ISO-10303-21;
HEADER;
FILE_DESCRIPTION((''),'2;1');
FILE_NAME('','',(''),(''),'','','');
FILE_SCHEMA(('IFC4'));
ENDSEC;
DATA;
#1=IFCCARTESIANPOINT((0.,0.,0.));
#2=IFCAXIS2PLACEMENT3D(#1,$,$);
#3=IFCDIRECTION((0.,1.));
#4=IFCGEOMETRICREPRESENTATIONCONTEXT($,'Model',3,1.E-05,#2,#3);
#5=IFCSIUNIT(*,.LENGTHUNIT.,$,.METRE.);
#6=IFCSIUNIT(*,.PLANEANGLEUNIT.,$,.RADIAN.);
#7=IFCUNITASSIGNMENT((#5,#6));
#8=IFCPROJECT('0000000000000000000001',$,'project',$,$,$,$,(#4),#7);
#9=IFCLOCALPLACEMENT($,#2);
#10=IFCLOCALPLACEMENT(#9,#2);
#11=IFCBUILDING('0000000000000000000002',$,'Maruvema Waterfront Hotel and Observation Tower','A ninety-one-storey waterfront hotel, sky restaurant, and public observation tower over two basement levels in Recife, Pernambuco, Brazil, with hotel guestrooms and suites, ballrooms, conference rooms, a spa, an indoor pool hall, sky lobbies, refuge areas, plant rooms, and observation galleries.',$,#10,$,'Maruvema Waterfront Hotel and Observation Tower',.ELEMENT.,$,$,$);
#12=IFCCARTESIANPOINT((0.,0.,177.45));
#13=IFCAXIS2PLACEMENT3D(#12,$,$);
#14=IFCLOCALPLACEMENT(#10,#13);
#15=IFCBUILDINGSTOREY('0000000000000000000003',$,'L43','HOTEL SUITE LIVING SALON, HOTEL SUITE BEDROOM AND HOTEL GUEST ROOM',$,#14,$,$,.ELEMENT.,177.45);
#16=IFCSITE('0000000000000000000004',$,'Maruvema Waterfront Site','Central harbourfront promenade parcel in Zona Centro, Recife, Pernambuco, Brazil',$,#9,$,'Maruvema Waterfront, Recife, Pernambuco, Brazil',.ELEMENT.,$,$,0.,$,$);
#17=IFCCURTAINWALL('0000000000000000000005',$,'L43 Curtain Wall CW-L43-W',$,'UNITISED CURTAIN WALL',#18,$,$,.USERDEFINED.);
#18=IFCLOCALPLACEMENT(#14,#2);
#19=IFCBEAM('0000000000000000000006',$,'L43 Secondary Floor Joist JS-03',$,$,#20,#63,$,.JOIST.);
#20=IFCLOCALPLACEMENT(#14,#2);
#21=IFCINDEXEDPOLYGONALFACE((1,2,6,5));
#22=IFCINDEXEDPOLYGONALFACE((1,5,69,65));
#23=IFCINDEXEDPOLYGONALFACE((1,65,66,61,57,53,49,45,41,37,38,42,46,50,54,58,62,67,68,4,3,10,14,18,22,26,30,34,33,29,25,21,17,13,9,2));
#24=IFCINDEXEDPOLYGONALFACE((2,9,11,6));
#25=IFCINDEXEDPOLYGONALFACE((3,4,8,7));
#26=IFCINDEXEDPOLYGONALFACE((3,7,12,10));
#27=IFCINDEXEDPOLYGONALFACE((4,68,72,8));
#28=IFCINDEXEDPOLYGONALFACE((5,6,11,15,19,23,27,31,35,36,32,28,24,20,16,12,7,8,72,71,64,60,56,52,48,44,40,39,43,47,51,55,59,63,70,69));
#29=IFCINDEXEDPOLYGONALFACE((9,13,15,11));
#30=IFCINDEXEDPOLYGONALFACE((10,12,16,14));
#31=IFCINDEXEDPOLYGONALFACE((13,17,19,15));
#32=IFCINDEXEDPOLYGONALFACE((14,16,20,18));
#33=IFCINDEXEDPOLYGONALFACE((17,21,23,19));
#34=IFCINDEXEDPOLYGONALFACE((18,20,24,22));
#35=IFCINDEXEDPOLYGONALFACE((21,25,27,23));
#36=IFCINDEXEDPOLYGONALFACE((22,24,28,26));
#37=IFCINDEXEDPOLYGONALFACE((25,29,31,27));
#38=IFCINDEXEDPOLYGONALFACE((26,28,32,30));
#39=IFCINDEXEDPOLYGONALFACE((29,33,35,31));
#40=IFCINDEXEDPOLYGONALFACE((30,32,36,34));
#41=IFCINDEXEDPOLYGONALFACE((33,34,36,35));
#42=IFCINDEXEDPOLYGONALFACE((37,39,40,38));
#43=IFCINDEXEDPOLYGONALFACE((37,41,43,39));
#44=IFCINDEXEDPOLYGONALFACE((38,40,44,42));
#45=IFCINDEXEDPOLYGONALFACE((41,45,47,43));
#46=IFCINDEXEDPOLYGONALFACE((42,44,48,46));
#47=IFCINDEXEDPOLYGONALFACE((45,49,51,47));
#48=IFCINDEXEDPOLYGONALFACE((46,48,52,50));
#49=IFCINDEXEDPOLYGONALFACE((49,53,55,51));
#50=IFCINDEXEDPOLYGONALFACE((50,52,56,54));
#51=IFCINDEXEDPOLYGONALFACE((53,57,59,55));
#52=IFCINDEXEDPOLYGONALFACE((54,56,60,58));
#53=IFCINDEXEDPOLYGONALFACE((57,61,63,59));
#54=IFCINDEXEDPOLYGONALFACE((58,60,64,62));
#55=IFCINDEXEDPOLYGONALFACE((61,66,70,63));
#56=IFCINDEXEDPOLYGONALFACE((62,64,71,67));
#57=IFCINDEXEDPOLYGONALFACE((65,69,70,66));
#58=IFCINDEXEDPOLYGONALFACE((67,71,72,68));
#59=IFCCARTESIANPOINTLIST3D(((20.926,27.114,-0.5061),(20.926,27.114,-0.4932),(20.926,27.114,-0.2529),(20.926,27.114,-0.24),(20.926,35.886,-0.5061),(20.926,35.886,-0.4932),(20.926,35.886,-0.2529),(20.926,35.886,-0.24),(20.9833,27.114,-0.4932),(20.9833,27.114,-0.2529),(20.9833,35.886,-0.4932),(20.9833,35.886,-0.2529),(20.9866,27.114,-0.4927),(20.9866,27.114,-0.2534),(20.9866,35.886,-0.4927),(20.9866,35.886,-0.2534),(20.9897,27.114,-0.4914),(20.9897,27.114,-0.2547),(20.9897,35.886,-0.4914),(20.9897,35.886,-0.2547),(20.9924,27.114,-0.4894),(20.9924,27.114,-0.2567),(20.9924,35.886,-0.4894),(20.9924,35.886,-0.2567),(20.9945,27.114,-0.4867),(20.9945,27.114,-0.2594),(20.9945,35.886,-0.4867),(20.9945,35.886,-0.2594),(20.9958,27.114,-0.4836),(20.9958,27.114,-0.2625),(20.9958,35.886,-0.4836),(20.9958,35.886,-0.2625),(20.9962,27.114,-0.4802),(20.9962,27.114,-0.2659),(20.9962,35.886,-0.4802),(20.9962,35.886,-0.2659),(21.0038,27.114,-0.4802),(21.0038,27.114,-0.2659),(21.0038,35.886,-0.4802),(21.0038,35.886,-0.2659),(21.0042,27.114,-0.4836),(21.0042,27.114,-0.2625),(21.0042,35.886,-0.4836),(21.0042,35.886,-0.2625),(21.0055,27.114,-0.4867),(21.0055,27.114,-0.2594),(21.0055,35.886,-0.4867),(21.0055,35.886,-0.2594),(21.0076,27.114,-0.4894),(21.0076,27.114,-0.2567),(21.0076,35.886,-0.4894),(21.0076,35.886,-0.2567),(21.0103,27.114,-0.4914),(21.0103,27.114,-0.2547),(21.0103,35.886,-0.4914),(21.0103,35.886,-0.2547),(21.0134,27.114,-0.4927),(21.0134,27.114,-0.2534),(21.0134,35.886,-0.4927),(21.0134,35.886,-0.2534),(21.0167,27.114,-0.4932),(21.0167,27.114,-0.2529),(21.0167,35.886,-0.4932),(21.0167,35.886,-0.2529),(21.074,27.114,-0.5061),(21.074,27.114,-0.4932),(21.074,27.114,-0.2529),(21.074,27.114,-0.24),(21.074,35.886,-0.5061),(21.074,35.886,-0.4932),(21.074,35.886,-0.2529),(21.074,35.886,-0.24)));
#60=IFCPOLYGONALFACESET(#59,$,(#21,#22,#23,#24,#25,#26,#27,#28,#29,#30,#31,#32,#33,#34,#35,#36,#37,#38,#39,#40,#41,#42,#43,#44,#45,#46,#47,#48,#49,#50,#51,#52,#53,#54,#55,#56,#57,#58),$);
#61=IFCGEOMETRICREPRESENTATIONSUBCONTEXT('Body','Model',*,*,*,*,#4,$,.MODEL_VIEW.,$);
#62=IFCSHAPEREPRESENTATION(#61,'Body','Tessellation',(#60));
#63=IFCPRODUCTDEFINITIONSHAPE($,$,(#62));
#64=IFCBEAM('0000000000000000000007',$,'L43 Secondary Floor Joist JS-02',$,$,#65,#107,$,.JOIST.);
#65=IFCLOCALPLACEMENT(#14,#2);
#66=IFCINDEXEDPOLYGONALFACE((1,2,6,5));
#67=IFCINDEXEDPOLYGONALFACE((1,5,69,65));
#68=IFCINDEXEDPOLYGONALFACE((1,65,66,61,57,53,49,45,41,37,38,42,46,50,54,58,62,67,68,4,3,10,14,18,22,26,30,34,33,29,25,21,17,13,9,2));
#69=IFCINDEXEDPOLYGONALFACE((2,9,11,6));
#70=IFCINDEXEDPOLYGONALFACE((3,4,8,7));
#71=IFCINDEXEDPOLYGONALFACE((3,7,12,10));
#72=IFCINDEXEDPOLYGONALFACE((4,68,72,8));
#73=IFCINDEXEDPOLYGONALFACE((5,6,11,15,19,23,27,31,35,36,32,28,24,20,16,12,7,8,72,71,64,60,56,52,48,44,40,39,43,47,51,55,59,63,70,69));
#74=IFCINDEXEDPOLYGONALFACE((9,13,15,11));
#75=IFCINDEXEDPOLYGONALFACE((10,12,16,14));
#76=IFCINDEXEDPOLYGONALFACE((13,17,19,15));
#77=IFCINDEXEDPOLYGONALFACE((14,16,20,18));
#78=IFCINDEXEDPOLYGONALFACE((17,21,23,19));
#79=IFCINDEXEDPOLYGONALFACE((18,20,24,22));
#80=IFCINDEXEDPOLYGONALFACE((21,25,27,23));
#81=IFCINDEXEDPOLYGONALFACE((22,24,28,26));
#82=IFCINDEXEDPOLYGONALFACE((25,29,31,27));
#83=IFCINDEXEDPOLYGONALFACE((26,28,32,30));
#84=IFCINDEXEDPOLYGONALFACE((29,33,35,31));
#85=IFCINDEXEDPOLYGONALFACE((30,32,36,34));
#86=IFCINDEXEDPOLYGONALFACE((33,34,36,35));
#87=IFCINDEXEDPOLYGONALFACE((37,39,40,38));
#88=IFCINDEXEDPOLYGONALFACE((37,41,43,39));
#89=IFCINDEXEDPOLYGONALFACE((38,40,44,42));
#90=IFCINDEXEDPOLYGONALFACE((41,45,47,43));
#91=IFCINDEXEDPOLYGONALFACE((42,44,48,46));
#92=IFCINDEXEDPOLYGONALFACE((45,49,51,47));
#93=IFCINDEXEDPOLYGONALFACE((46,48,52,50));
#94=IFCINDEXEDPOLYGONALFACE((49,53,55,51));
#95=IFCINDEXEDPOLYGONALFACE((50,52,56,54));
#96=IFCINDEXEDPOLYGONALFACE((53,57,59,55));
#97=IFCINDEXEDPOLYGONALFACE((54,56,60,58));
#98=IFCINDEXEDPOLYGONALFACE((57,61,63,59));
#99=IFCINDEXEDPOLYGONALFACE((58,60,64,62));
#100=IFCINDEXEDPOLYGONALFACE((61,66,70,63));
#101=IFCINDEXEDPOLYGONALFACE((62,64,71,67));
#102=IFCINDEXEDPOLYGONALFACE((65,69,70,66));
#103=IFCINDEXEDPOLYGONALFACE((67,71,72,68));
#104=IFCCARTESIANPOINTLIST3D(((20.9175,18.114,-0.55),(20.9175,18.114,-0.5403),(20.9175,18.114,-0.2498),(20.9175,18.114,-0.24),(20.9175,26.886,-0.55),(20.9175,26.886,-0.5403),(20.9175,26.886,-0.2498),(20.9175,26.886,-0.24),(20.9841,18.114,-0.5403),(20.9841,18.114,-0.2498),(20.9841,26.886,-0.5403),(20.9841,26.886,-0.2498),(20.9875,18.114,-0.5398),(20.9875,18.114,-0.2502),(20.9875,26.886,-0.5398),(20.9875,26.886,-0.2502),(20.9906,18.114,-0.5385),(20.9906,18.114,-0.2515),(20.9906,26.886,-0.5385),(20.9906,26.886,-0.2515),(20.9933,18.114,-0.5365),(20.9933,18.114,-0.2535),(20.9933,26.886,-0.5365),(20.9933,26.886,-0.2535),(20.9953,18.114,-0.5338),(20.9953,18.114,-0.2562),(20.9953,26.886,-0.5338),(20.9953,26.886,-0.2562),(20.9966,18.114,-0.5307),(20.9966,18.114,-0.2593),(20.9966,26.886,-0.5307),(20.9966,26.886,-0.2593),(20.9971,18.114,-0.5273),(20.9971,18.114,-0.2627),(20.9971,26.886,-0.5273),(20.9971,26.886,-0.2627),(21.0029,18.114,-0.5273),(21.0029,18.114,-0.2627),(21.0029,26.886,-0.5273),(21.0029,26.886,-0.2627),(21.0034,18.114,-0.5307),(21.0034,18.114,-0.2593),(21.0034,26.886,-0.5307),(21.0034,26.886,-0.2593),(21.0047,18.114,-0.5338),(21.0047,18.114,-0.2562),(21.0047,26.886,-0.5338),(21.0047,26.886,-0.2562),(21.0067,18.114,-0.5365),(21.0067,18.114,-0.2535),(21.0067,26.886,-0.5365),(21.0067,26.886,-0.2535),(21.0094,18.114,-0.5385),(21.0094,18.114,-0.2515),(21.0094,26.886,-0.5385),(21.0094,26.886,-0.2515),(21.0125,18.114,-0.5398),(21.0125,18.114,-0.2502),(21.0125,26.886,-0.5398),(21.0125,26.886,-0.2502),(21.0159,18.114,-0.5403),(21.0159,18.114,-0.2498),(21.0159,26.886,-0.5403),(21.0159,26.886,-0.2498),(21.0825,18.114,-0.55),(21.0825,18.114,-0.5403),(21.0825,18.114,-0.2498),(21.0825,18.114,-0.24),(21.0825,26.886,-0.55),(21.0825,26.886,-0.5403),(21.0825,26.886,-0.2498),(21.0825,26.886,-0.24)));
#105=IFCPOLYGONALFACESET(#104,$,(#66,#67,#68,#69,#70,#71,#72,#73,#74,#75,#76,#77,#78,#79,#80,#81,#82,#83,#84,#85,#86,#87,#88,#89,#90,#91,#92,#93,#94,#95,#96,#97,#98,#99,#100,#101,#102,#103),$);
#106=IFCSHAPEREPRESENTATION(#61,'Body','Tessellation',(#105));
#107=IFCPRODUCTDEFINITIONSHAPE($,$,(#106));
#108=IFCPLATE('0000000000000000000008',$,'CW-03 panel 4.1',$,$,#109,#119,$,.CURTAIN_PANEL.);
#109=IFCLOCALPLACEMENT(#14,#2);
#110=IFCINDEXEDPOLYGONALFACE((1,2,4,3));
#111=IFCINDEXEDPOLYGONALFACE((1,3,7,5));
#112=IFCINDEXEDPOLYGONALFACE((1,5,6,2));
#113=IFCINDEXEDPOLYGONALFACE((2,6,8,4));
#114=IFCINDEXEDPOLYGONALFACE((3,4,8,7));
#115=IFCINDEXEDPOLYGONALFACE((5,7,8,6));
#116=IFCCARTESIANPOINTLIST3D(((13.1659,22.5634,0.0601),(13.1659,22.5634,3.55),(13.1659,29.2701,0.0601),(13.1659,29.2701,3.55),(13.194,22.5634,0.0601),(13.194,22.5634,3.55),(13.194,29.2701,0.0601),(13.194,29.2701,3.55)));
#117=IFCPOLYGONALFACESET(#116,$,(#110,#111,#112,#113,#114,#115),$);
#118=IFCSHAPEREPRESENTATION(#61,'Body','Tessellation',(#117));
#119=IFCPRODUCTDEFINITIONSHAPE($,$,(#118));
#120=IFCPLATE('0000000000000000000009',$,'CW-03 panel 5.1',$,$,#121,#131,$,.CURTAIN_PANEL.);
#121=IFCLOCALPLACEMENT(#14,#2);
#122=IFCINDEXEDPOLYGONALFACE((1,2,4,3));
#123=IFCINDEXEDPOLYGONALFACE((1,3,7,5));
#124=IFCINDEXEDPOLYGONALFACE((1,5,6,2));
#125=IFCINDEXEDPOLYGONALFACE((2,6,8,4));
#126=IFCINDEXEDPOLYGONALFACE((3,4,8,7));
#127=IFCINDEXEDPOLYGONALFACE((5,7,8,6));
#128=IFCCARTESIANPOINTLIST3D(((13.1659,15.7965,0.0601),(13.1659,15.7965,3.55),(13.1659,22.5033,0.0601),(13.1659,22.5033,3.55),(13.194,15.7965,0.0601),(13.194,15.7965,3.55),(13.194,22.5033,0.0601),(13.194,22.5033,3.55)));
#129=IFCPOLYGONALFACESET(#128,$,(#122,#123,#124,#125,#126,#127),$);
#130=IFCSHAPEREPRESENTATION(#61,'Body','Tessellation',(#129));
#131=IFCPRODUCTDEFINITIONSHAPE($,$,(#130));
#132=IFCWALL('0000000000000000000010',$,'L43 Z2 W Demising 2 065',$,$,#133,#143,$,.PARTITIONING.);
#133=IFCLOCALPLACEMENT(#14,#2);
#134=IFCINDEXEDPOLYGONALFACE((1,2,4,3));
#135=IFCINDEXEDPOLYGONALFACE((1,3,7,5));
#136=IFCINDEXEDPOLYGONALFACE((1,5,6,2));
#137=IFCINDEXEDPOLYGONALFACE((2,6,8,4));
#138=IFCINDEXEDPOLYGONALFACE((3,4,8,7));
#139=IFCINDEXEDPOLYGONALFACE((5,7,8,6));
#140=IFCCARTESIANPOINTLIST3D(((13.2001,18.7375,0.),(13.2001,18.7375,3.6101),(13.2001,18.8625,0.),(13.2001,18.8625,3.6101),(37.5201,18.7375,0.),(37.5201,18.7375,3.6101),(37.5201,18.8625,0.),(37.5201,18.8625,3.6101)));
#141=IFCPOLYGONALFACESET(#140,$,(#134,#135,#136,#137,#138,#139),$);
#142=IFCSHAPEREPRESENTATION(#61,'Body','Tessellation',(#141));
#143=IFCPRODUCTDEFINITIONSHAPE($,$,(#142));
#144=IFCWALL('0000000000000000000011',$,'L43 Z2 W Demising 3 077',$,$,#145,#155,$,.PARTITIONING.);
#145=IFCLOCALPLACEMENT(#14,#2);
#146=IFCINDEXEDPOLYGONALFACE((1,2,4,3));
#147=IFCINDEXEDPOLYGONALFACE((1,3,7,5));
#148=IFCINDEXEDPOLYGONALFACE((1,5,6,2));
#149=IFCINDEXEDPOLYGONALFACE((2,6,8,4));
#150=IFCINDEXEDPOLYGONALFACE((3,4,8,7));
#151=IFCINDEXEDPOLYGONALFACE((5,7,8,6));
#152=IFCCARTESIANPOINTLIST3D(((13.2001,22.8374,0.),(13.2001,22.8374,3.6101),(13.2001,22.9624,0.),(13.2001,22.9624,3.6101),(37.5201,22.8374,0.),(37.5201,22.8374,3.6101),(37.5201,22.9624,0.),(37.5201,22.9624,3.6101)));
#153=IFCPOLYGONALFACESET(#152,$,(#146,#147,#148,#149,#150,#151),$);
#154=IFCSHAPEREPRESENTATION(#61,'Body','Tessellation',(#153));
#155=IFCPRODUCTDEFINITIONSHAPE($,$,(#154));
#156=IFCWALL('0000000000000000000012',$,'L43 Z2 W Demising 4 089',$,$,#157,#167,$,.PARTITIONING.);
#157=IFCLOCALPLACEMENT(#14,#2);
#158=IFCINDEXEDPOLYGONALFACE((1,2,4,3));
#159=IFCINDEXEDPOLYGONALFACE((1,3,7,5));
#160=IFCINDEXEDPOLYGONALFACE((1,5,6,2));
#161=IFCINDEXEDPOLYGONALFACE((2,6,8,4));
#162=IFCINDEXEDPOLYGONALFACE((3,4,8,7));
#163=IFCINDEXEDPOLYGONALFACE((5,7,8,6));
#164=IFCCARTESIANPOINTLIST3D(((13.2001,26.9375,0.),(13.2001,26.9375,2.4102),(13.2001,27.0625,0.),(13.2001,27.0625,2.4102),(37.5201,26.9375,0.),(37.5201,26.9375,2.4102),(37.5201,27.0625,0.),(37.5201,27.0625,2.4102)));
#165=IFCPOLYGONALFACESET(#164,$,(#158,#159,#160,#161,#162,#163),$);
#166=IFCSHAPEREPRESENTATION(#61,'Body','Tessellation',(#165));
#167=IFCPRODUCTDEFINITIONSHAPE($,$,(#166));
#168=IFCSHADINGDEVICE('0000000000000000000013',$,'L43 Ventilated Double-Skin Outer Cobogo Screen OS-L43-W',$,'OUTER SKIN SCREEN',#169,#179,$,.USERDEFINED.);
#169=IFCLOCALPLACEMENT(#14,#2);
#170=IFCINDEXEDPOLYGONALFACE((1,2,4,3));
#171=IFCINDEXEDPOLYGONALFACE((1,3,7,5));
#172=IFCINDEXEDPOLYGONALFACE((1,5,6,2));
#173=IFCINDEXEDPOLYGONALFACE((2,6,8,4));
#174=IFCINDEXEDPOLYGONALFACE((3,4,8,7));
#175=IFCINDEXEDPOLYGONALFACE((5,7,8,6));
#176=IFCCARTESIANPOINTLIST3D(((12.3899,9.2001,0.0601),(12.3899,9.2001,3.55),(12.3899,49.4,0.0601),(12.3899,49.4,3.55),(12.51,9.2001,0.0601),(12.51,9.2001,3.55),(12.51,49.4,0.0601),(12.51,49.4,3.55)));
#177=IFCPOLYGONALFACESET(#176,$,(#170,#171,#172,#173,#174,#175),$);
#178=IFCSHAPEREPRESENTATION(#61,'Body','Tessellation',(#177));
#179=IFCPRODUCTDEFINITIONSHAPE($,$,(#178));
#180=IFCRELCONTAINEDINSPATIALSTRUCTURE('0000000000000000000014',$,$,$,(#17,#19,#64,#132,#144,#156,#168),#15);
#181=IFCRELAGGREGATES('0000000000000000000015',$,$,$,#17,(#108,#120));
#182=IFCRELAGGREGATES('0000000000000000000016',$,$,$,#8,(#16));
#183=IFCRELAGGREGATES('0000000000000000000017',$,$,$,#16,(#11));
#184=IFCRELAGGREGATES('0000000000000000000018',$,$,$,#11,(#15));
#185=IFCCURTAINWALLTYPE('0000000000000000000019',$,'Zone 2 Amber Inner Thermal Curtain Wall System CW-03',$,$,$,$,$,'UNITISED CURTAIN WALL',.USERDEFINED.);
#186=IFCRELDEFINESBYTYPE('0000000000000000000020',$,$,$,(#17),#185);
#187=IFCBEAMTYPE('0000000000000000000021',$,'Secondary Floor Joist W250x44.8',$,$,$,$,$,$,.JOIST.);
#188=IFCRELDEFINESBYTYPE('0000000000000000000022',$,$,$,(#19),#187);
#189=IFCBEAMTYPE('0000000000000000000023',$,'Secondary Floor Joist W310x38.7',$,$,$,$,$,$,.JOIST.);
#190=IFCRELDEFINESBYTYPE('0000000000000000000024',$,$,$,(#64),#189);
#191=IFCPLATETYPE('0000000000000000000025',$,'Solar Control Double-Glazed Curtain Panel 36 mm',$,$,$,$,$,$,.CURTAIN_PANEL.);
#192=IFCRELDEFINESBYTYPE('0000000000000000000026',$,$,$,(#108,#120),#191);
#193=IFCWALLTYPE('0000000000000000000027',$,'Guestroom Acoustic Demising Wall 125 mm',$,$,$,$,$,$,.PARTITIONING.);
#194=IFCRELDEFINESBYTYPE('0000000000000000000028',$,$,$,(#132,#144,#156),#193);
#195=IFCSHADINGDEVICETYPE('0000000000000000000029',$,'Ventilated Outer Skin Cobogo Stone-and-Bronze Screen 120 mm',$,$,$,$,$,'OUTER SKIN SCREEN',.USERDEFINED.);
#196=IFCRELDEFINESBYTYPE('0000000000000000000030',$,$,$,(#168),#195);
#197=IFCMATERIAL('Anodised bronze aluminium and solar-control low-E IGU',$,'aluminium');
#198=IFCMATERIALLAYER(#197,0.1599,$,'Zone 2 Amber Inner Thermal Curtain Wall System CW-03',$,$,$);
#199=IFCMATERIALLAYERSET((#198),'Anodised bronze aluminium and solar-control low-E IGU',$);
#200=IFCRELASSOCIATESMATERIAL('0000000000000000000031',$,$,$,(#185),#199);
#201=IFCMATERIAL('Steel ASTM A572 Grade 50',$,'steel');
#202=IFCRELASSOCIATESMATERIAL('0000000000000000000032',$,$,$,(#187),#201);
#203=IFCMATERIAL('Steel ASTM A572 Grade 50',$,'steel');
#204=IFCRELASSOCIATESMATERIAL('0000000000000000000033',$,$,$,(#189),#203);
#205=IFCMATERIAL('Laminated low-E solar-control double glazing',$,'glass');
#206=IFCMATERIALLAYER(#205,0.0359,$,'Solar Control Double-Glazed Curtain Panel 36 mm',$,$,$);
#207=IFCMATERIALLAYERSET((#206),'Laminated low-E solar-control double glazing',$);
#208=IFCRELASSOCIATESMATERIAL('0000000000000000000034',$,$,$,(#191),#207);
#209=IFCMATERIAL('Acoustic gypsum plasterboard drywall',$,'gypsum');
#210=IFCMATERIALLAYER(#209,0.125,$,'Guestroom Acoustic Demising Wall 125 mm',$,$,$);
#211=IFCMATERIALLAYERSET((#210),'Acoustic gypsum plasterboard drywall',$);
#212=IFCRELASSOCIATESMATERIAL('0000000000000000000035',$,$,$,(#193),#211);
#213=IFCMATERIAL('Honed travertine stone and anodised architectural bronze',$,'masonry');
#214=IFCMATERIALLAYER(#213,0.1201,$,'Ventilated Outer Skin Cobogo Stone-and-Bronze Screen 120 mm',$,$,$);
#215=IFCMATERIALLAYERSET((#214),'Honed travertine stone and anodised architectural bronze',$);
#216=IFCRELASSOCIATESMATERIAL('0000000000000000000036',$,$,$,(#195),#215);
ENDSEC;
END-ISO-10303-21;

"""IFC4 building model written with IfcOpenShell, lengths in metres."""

from ifc_helpers import new_model, si_unit, direction, frame, frame_2d, origin, origin_2d, place, context, subcontext, project, spatial, rectangle, i_section, extrude, material, layer, layer_set, material_profile, profile_set, type_object, element, aggregate, save


model = new_model("IFC4")

# Units and contexts
model_context = context("Model", 3, precision=1e-05, world=origin(), true_north=direction((0.0, 1.0)))
body_context = subcontext(model_context, "Body", "Model", "MODEL_VIEW")
ifc_project = project(units=[si_unit("LENGTHUNIT", "METRE"), si_unit("PLANEANGLEUNIT", "RADIAN")], contexts=[model_context])

# Site, building, storey
site_placement = place(None, origin())
site = spatial("IfcSite", under=ifc_project, at=site_placement, Name="Maruvema Waterfront Site", Description="Central harbourfront promenade parcel in Zona Centro, Recife, Pernambuco, Brazil", LongName="Maruvema Waterfront, Recife, Pernambuco, Brazil", CompositionType="ELEMENT", RefElevation=0.0)
building_placement = place(site_placement, origin())
building = spatial("IfcBuilding", under=site, at=building_placement, Name="Maruvema Waterfront Hotel and Observation Tower", Description="A ninety-one-storey waterfront hotel, sky restaurant, and public observation tower over two basement levels in Recife, Pernambuco, Brazil, with hotel guestrooms and suites, ballrooms, conference rooms, a spa, an indoor pool hall, sky lobbies, refuge areas, plant rooms, and observation galleries.", LongName="Maruvema Waterfront Hotel and Observation Tower", CompositionType="ELEMENT")
storey_placement = place(building_placement, frame((0.0, 0.0, 177.45)))
storey = spatial("IfcBuildingStorey", under=building, at=storey_placement, Name="L43", Description="HOTEL SUITE LIVING SALON, HOTEL SUITE BEDROOM AND HOTEL GUEST ROOM", CompositionType="ELEMENT", Elevation=177.45)

# Curtain wall
ifc_material_1 = material(Name="Anodised bronze aluminium and solar-control low-E IGU", Category="aluminium")
ifc_layer_1 = layer(ifc_material_1, 0.1599, Name="Zone 2 Amber Inner Thermal Curtain Wall System CW-03")
ifc_layer_set_1 = layer_set([ifc_layer_1], Name="Anodised bronze aluminium and solar-control low-E IGU")
curtain_wall_type = type_object("IfcCurtainWallType", Name="Zone 2 Amber Inner Thermal Curtain Wall System CW-03", ElementType="UNITISED CURTAIN WALL", PredefinedType="USERDEFINED", material=ifc_layer_set_1)
curtain_wall_placement = place(storey_placement, origin())
curtain_wall = element("IfcCurtainWall", 1, at=curtain_wall_placement, inside=storey, type_object=curtain_wall_type, Name="L43 Curtain Wall CW-L43-W", ObjectType="UNITISED CURTAIN WALL", PredefinedType="USERDEFINED")

# Beams
ifc_material_2 = material(Name="Steel ASTM A572 Grade 50", Category="steel")
ifc_material_profile_1 = material_profile(ifc_material_2, i_section(OverallWidth=0.1479, OverallDepth=0.2661, WebThickness=0.0076, FlangeThickness=0.0129, FilletRadius=0.0129, at=origin_2d()), Name="W250x44.8")
ifc_profile_set_1 = profile_set([ifc_material_profile_1], Name="Steel ASTM A572 Grade 50")
beam_type_1 = type_object("IfcBeamType", Name="Secondary Floor Joist W250x44.8", PredefinedType="JOIST", material=ifc_profile_set_1)
beam_1_placement = place(storey_placement, frame((21.0, 27.114, -0.373), z_axis=(0.0, 1.0, 0.0), x_axis=(-1.0, 0.0, 0.0)))
element("IfcBeam", 2, at=beam_1_placement, inside=storey, type_object=beam_type_1, Name="L43 Secondary Floor Joist JS-03", PredefinedType="JOIST", context=body_context, shape_type="SweptSolid", body=[
    extrude(i_section(OverallWidth=0.1479, OverallDepth=0.2661, WebThickness=0.0076, FlangeThickness=0.0129, FilletRadius=0.0129, at=origin_2d()), origin(), (0.0, 0.0, 1.0), 8.772),
])
ifc_material_3 = material(Name="Steel ASTM A572 Grade 50", Category="steel")
ifc_material_profile_2 = material_profile(ifc_material_3, i_section(OverallWidth=0.165, OverallDepth=0.3101, WebThickness=0.0059, FlangeThickness=0.0098, FilletRadius=0.0129, at=origin_2d()), Name="W310x38.7")
ifc_profile_set_2 = profile_set([ifc_material_profile_2], Name="Steel ASTM A572 Grade 50")
beam_type_2 = type_object("IfcBeamType", Name="Secondary Floor Joist W310x38.7", PredefinedType="JOIST", material=ifc_profile_set_2)
beam_2_placement = place(storey_placement, frame((21.0, 18.114, -0.395), z_axis=(0.0, 1.0, 0.0), x_axis=(-1.0, 0.0, 0.0)))
element("IfcBeam", 3, at=beam_2_placement, inside=storey, type_object=beam_type_2, Name="L43 Secondary Floor Joist JS-02", PredefinedType="JOIST", context=body_context, shape_type="SweptSolid", body=[
    extrude(i_section(OverallWidth=0.165, OverallDepth=0.3101, WebThickness=0.0059, FlangeThickness=0.0098, FilletRadius=0.0129, at=origin_2d()), origin(), (0.0, 0.0, 1.0), 8.772),
])

# Plates
ifc_material_4 = material(Name="Laminated low-E solar-control double glazing", Category="glass")
ifc_layer_2 = layer(ifc_material_4, 0.0359, Name="Solar Control Double-Glazed Curtain Panel 36 mm")
ifc_layer_set_2 = layer_set([ifc_layer_2], Name="Laminated low-E solar-control double glazing")
plate_type = type_object("IfcPlateType", Name="Solar Control Double-Glazed Curtain Panel 36 mm", PredefinedType="CURTAIN_PANEL", material=ifc_layer_set_2)
plate_1_placement = place(storey_placement, frame((13.1799, 25.9167, 0.0601), z_axis=(0.0, 0.0, 1.0), x_axis=(0.0, -1.0, 0.0)))
plate_1 = element("IfcPlate", 4, at=plate_1_placement, type_object=plate_type, Name="CW-03 panel 4.1", PredefinedType="CURTAIN_PANEL", context=body_context, shape_type="SweptSolid", body=[
    extrude(rectangle(XDim=6.7068, YDim=0.0281, at=origin_2d()), origin(), (0.0, 0.0, 1.0), 3.49),
])
plate_2_placement = place(storey_placement, frame((13.1799, 19.1499, 0.0601), z_axis=(0.0, 0.0, 1.0), x_axis=(0.0, -1.0, 0.0)))
plate_2 = element("IfcPlate", 5, at=plate_2_placement, type_object=plate_type, Name="CW-03 panel 5.1", PredefinedType="CURTAIN_PANEL", context=body_context, shape_type="SweptSolid", body=[
    extrude(rectangle(XDim=6.7068, YDim=0.0281, at=origin_2d()), origin(), (0.0, 0.0, 1.0), 3.49),
])
aggregate(curtain_wall, [plate_1, plate_2])

# Walls
ifc_material_5 = material(Name="Acoustic gypsum plasterboard drywall", Category="gypsum")
ifc_layer_3 = layer(ifc_material_5, 0.125, Name="Guestroom Acoustic Demising Wall 125 mm")
ifc_layer_set_3 = layer_set([ifc_layer_3], Name="Acoustic gypsum plasterboard drywall")
wall_type = type_object("IfcWallType", Name="Guestroom Acoustic Demising Wall 125 mm", PredefinedType="PARTITIONING", material=ifc_layer_set_3)
for number, where, z_axis, x_axis, name in (
    (6, (13.2, 18.8, 0.0), (0.0, 0.0, 1.0), (1.0, 0.0, 0.0), "L43 Z2 W Demising 2 065"),
    (7, (13.2, 22.8999, 0.0), (0.0, 0.0, 1.0), (1.0, 0.0, 0.0), "L43 Z2 W Demising 3 077"),
):
    element("IfcWall", number, at=place(storey_placement, frame(where, z_axis=z_axis, x_axis=x_axis)), inside=storey, type_object=wall_type, Name=name, PredefinedType="PARTITIONING", context=body_context, shape_type="SweptSolid", body=[
        extrude(rectangle(XDim=24.3201, YDim=0.125, at=frame_2d((12.1602, 0.0))), origin(), (0.0, 0.0, 1.0), 3.6101),
    ])
wall_placement = place(storey_placement, frame((13.2, 27.0, 0.0), z_axis=(0.0, 0.0, 1.0), x_axis=(1.0, 0.0, 0.0)))
element("IfcWall", 8, at=wall_placement, inside=storey, type_object=wall_type, Name="L43 Z2 W Demising 4 089", PredefinedType="PARTITIONING", context=body_context, shape_type="SweptSolid", body=[
    extrude(rectangle(XDim=24.3201, YDim=0.125, at=frame_2d((12.1602, 0.0))), origin(), (0.0, 0.0, 1.0), 2.4102),
])

# Shading device
ifc_material_6 = material(Name="Honed travertine stone and anodised architectural bronze", Category="masonry")
ifc_layer_4 = layer(ifc_material_6, 0.1201, Name="Ventilated Outer Skin Cobogo Stone-and-Bronze Screen 120 mm")
ifc_layer_set_4 = layer_set([ifc_layer_4], Name="Honed travertine stone and anodised architectural bronze")
shading_device_type = type_object("IfcShadingDeviceType", Name="Ventilated Outer Skin Cobogo Stone-and-Bronze Screen 120 mm", ElementType="OUTER SKIN SCREEN", PredefinedType="USERDEFINED", material=ifc_layer_set_4)
shading_device_placement = place(storey_placement, frame((12.45, 29.3, 0.0601), z_axis=(0.0, 0.0, 1.0), x_axis=(0.0, -1.0, 0.0)))
element("IfcShadingDevice", 9, at=shading_device_placement, inside=storey, type_object=shading_device_type, Name="L43 Ventilated Double-Skin Outer Cobogo Screen OS-L43-W", ObjectType="OUTER SKIN SCREEN", PredefinedType="USERDEFINED", context=body_context, shape_type="SweptSolid", body=[
    extrude(rectangle(XDim=40.2, YDim=0.1201, at=origin_2d()), origin(), (0.0, 0.0, 1.0), 3.49),
])

save(model, "model.ifc")
